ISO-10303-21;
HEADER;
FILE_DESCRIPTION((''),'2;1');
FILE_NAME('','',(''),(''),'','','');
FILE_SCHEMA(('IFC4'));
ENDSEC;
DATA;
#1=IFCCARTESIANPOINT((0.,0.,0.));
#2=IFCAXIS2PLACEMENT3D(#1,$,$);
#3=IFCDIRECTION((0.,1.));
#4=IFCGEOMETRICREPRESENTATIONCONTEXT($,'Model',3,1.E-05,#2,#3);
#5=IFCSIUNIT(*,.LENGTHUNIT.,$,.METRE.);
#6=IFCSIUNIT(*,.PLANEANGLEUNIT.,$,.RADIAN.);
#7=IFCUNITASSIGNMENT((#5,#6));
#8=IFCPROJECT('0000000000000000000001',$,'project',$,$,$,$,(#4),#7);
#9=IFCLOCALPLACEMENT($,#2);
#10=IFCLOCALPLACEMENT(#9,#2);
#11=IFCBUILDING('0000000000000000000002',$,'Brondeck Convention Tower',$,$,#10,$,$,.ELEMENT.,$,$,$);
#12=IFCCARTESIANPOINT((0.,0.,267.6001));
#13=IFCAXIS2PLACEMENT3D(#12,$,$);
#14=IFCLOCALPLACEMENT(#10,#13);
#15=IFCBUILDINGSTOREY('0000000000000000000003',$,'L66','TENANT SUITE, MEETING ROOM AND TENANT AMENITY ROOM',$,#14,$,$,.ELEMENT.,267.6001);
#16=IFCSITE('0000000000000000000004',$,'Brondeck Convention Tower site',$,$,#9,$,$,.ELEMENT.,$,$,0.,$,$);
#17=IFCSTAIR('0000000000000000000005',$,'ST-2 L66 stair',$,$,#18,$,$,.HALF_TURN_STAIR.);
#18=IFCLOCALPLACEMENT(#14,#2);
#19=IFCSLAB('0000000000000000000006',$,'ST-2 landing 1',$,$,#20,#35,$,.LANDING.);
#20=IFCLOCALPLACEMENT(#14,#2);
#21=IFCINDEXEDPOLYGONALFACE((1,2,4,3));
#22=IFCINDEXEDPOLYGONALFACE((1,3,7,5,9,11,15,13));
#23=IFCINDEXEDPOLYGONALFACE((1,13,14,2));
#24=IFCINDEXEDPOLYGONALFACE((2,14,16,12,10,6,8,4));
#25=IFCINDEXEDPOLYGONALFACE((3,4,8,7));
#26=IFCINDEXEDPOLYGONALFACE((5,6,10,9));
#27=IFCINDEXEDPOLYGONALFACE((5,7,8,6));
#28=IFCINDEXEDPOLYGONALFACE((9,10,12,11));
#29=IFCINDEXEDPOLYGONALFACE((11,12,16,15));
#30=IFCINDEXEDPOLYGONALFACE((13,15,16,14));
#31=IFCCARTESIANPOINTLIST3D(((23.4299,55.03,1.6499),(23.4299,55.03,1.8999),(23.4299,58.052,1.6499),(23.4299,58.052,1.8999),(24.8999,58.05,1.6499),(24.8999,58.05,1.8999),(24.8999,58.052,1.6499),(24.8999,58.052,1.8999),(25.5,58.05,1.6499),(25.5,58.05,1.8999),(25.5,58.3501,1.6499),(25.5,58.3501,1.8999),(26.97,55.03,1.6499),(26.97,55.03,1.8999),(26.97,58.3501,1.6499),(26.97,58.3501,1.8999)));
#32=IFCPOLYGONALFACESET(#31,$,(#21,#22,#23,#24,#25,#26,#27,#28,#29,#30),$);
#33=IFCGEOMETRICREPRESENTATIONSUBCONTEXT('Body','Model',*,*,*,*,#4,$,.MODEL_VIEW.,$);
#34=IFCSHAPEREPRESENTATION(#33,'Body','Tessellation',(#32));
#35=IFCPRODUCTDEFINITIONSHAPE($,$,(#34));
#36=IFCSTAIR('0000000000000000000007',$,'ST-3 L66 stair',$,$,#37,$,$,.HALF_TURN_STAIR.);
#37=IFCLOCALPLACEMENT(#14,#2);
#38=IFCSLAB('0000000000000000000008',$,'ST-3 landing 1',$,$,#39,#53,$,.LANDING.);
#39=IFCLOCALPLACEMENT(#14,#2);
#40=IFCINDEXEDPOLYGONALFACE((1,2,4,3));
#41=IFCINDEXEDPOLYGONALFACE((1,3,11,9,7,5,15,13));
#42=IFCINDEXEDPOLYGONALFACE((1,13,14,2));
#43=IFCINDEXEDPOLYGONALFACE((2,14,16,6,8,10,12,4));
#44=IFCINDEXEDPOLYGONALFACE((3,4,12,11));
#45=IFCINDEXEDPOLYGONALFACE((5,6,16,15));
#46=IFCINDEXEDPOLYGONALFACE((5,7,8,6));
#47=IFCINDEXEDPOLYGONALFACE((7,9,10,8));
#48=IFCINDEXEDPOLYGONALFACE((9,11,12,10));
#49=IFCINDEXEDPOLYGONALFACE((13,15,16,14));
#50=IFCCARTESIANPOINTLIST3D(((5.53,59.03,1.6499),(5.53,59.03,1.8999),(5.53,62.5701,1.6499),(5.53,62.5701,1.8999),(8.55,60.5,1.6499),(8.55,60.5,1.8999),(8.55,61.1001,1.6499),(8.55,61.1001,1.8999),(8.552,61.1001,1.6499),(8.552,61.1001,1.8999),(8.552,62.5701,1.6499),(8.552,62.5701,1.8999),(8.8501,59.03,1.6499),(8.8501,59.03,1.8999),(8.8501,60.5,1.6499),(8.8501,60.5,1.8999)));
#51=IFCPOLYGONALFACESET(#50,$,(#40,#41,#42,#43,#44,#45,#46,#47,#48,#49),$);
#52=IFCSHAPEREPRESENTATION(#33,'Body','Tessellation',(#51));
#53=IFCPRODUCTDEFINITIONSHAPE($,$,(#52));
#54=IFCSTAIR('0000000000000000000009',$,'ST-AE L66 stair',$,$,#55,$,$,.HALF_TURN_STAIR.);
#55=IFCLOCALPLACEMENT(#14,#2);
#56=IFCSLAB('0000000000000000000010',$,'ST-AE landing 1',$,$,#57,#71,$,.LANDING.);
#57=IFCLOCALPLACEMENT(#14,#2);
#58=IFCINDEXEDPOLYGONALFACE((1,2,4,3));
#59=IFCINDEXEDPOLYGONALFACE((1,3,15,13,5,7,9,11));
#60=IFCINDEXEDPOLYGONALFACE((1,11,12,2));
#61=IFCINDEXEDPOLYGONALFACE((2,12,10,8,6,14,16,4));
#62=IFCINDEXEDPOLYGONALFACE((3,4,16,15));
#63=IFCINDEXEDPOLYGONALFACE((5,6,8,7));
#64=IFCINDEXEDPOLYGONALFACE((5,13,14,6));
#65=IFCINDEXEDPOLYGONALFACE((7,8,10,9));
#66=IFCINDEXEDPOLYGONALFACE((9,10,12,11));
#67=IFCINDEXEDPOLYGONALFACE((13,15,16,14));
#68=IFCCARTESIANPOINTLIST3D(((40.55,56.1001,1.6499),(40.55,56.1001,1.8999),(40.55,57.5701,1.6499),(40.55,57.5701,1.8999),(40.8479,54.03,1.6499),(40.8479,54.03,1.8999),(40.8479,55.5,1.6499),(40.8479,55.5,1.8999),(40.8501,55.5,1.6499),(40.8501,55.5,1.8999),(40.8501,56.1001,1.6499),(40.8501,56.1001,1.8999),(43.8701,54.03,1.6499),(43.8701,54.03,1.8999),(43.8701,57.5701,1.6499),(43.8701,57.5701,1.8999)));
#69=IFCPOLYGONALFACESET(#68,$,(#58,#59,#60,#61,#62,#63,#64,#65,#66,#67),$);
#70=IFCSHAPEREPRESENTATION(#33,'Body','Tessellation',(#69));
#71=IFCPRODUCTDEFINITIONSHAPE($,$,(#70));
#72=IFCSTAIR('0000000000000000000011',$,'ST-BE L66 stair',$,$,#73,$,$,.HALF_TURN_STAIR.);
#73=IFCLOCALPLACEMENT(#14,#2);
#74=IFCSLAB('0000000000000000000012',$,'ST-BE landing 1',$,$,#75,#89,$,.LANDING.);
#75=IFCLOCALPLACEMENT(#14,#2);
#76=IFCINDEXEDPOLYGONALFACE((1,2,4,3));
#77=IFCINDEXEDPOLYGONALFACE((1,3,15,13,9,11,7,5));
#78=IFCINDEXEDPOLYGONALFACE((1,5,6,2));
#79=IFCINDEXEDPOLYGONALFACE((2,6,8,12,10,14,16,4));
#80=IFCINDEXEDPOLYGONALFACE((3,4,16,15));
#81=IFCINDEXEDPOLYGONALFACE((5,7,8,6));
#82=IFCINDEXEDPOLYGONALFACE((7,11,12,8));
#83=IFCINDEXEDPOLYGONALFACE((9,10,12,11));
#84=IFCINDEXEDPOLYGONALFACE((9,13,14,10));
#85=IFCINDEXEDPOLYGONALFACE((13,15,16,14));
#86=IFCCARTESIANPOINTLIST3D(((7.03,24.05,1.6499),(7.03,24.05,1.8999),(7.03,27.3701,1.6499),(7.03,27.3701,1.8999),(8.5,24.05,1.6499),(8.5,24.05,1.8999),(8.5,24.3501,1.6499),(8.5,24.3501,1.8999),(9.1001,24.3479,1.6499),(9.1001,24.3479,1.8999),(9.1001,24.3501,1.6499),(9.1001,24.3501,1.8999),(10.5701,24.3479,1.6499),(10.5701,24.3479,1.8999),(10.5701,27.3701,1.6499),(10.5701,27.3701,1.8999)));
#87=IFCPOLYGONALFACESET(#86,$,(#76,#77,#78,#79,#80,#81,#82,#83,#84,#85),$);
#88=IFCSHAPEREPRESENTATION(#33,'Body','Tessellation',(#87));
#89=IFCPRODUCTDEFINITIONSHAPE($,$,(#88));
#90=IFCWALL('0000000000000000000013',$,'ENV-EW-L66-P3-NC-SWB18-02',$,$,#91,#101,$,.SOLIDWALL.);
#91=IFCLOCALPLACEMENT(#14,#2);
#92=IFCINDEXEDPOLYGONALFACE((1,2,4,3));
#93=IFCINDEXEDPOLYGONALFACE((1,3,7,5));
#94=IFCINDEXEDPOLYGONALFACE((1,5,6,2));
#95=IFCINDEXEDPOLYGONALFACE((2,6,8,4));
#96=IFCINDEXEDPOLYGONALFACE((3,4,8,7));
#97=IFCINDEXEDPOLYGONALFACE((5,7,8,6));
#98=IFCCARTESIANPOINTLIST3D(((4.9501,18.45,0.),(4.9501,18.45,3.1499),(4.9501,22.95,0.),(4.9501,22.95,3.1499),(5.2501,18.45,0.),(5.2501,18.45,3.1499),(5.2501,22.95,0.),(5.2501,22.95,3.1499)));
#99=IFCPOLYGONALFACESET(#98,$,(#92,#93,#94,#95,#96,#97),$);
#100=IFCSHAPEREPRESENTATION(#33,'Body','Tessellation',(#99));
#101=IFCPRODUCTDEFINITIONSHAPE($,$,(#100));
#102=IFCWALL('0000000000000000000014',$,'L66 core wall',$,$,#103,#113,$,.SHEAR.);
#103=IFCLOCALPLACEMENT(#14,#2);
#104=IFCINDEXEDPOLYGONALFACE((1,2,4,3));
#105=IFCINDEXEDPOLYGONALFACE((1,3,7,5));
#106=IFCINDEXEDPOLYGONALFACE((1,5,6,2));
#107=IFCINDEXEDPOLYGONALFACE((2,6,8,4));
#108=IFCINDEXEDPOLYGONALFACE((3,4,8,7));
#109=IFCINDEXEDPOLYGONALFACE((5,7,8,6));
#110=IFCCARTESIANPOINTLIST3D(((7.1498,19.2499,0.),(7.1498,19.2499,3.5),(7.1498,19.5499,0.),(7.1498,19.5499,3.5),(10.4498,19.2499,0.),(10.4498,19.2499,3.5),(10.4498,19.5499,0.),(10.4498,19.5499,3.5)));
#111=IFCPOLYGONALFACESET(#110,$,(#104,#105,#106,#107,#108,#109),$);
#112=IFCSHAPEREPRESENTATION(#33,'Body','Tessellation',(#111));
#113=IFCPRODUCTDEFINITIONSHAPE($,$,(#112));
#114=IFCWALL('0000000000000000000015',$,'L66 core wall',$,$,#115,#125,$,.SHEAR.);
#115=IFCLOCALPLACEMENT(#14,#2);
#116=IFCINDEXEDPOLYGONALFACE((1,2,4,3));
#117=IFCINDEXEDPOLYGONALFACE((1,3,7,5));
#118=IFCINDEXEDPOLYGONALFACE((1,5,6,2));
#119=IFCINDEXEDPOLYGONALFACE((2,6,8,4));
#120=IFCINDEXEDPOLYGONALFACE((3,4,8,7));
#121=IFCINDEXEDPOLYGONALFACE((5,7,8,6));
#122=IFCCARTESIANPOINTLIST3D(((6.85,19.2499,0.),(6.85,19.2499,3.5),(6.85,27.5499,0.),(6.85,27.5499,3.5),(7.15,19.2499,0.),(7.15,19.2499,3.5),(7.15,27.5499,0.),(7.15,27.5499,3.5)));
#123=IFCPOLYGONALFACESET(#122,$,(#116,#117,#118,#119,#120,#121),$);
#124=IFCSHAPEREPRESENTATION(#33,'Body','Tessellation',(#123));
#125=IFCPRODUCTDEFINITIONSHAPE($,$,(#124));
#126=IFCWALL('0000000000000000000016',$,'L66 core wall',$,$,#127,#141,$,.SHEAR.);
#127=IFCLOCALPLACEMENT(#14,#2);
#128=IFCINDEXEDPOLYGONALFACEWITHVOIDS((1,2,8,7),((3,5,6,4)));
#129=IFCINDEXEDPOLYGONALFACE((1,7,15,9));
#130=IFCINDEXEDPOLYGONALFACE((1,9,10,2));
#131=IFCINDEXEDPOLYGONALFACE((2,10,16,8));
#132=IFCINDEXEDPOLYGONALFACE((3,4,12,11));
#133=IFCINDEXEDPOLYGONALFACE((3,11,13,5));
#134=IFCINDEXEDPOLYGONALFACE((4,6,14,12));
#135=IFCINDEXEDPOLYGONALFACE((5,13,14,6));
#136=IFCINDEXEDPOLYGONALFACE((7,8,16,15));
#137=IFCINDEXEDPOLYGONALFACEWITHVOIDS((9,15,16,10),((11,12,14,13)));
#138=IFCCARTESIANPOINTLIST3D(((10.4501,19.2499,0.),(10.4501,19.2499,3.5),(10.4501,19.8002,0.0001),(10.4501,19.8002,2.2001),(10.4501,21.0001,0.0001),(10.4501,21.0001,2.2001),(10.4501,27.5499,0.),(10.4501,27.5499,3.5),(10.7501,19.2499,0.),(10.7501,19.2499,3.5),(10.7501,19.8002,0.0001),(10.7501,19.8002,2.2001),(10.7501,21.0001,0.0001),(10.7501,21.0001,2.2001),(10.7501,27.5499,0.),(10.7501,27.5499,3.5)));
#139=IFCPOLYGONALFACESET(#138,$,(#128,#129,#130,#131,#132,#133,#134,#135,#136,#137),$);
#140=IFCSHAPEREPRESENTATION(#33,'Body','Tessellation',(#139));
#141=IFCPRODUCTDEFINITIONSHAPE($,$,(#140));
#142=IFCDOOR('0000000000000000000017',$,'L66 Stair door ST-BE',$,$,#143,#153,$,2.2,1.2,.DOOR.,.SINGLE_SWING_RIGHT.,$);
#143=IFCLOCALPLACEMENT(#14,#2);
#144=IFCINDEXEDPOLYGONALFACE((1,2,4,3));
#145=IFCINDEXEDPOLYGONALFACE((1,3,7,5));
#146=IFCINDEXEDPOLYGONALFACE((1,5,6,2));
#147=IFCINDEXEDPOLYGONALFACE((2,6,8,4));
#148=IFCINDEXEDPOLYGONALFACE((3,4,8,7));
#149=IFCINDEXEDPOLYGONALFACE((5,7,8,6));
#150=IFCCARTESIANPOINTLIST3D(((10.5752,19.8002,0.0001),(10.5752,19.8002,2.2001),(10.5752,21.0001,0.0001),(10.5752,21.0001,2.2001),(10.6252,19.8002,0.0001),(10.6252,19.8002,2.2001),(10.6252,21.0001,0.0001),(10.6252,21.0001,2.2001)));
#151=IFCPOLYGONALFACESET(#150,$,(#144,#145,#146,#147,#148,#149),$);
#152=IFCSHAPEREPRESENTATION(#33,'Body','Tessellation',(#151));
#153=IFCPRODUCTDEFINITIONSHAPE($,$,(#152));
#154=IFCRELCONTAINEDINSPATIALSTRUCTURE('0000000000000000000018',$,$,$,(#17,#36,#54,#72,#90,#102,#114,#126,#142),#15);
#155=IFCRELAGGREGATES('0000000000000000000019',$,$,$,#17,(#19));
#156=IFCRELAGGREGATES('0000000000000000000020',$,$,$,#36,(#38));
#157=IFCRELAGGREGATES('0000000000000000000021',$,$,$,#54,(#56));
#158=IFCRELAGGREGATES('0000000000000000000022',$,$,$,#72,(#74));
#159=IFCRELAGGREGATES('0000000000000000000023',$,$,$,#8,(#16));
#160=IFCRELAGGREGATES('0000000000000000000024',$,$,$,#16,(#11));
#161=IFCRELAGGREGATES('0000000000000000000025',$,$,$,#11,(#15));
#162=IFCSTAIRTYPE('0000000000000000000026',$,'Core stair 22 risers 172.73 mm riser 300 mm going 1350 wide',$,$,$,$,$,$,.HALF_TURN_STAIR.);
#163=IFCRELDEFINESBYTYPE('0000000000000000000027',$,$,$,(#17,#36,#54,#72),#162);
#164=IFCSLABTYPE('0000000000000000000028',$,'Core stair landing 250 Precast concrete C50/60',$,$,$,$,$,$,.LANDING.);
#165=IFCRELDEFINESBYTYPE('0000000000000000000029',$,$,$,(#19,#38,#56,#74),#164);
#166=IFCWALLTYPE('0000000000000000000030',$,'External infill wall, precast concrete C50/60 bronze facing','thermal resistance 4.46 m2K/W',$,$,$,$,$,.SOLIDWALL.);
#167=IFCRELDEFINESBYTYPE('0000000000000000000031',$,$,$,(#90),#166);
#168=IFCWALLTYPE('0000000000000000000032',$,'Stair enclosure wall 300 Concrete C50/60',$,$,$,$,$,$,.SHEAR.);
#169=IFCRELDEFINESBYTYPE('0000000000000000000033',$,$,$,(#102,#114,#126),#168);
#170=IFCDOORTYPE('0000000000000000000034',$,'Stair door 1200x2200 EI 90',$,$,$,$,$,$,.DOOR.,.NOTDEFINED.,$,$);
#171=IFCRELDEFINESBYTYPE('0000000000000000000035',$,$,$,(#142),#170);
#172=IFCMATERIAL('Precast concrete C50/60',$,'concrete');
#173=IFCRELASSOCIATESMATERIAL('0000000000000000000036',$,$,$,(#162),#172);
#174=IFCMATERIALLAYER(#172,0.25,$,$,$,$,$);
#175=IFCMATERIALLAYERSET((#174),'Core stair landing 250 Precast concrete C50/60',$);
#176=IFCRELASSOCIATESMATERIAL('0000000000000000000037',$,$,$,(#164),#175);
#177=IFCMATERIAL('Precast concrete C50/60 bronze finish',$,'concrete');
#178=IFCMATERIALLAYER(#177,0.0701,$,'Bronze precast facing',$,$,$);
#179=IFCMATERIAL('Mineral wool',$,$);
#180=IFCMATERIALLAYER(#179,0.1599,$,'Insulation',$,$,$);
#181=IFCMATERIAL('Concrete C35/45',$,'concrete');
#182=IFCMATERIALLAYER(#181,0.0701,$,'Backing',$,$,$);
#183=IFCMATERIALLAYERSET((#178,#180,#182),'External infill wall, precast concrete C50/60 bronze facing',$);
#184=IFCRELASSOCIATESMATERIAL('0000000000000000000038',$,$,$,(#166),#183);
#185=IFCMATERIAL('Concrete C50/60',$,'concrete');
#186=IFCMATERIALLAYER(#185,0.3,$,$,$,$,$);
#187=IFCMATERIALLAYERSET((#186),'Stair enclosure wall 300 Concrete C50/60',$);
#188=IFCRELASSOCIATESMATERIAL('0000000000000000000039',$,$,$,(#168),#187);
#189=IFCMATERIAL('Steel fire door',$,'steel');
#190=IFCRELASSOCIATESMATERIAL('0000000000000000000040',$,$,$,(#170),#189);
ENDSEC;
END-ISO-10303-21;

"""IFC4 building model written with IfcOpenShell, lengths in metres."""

from ifc_helpers import new_model, si_unit, direction, frame, frame_2d, origin, place, context, subcontext, project, spatial, polyline, rectangle, outline, extrude, material, layer, layer_set, type_object, element, fill, aggregate, save


model = new_model("IFC4")

# Units and contexts
model_context = context("Model", 3, precision=1e-05, world=origin(), true_north=direction((0.0, 1.0)))
body_context = subcontext(model_context, "Body", "Model", "MODEL_VIEW")
ifc_project = project(units=[si_unit("LENGTHUNIT", "METRE"), si_unit("PLANEANGLEUNIT", "RADIAN")], contexts=[model_context])

# Site, building, storey
site_placement = place(None, origin())
site = spatial("IfcSite", under=ifc_project, at=site_placement, Name="Brondeck Convention Tower site", CompositionType="ELEMENT", RefElevation=0.0)
building_placement = place(site_placement, origin())
building = spatial("IfcBuilding", under=site, at=building_placement, Name="Brondeck Convention Tower", CompositionType="ELEMENT")
storey_placement = place(building_placement, frame((0.0, 0.0, 267.6001)))
storey = spatial("IfcBuildingStorey", under=building, at=storey_placement, Name="L66", Description="TENANT SUITE, MEETING ROOM AND TENANT AMENITY ROOM", CompositionType="ELEMENT", Elevation=267.6001)

# Shared definitions
ifc_material_1 = material(Name="Concrete C50/60", Category="concrete")

# Shared definitions
ifc_material_2 = material(Name="Concrete C35/45", Category="concrete")

# Stairs, slabs
ifc_material_3 = material(Name="Precast concrete C50/60", Category="concrete")
stair_type = type_object("IfcStairType", Name="Core stair 22 risers 172.73 mm riser 300 mm going 1350 wide", PredefinedType="HALF_TURN_STAIR", material=ifc_material_3)
ifc_layer_1 = layer(ifc_material_3, 0.25)
ifc_layer_set_1 = layer_set([ifc_layer_1], Name="Core stair landing 250 Precast concrete C50/60")
slab_type_1 = type_object("IfcSlabType", Name="Core stair landing 250 Precast concrete C50/60", PredefinedType="LANDING", material=ifc_layer_set_1)
stair_1_placement = place(storey_placement, origin())
stair_1 = element("IfcStair", 1, at=stair_1_placement, inside=storey, type_object=stair_type, Name="ST-2 L66 stair", PredefinedType="HALF_TURN_STAIR")
slab_1_placement = place(storey_placement, frame((0.0, 0.0, 1.6499)))
slab_1 = element("IfcSlab", 2, at=slab_1_placement, type_object=slab_type_1, Name="ST-2 landing 1", PredefinedType="LANDING", context=body_context, shape_type="SweptSolid", body=[
    extrude(outline(polyline([(23.4299, 58.052), (24.8999, 58.052), (24.8999, 58.05), (25.5, 58.05), (25.5, 58.3501), (26.97, 58.3501), (26.97, 55.03), (23.4299, 55.03), (23.4299, 58.052)])), origin(), (0.0, 0.0, 1.0), 0.25),
])
aggregate(stair_1, [slab_1])
stair_2_placement = place(storey_placement, origin())
stair_2 = element("IfcStair", 3, at=stair_2_placement, inside=storey, type_object=stair_type, Name="ST-3 L66 stair", PredefinedType="HALF_TURN_STAIR")
slab_2_placement = place(storey_placement, frame((0.0, 0.0, 1.6499)))
slab_2 = element("IfcSlab", 4, at=slab_2_placement, type_object=slab_type_1, Name="ST-3 landing 1", PredefinedType="LANDING", context=body_context, shape_type="SweptSolid", body=[
    extrude(outline(polyline([(8.8501, 60.5), (8.8501, 59.03), (5.53, 59.03), (5.53, 62.5701), (8.552, 62.5701), (8.552, 61.1001), (8.55, 61.1001), (8.55, 60.5), (8.8501, 60.5)])), origin(), (0.0, 0.0, 1.0), 0.25),
])
aggregate(stair_2, [slab_2])
stair_3_placement = place(storey_placement, origin())
stair_3 = element("IfcStair", 5, at=stair_3_placement, inside=storey, type_object=stair_type, Name="ST-AE L66 stair", PredefinedType="HALF_TURN_STAIR")
slab_3_placement = place(storey_placement, frame((0.0, 0.0, 1.6499)))
slab_3 = element("IfcSlab", 6, at=slab_3_placement, type_object=slab_type_1, Name="ST-AE landing 1", PredefinedType="LANDING", context=body_context, shape_type="SweptSolid", body=[
    extrude(outline(polyline([(40.8479, 55.5), (40.8501, 55.5), (40.8501, 56.1001), (40.55, 56.1001), (40.55, 57.5701), (43.8701, 57.5701), (43.8701, 54.03), (40.8479, 54.03), (40.8479, 55.5)])), origin(), (0.0, 0.0, 1.0), 0.25),
])
aggregate(stair_3, [slab_3])
stair_4_placement = place(storey_placement, origin())
stair_4 = element("IfcStair", 7, at=stair_4_placement, inside=storey, type_object=stair_type, Name="ST-BE L66 stair", PredefinedType="HALF_TURN_STAIR")
slab_4_placement = place(storey_placement, frame((0.0, 0.0, 1.6499)))
slab_4 = element("IfcSlab", 8, at=slab_4_placement, type_object=slab_type_1, Name="ST-BE landing 1", PredefinedType="LANDING", context=body_context, shape_type="SweptSolid", body=[
    extrude(outline(polyline([(7.03, 24.05), (7.03, 27.3701), (10.5701, 27.3701), (10.5701, 24.3479), (9.1001, 24.3479), (9.1001, 24.3501), (8.5, 24.3501), (8.5, 24.05), (7.03, 24.05)])), origin(), (0.0, 0.0, 1.0), 0.25),
])
aggregate(stair_4, [slab_4])

# Walls
ifc_material_4 = material(Name="Precast concrete C50/60 bronze finish", Category="concrete")
ifc_layer_2 = layer(ifc_material_4, 0.0701, Name="Bronze precast facing")
ifc_material_5 = material(Name="Mineral wool")
ifc_layer_3 = layer(ifc_material_5, 0.1599, Name="Insulation")
ifc_layer_4 = layer(ifc_material_2, 0.0701, Name="Backing")
ifc_layer_set_2 = layer_set([ifc_layer_2, ifc_layer_3, ifc_layer_4], Name="External infill wall, precast concrete C50/60 bronze facing")
wall_type_1 = type_object("IfcWallType", Name="External infill wall, precast concrete C50/60 bronze facing", Description="thermal resistance 4.46 m2K/W", PredefinedType="SOLIDWALL", material=ifc_layer_set_2)
wall_1_placement = place(storey_placement, frame((5.1001, 18.45, 0.0), z_axis=(0.0, 0.0, 1.0), x_axis=(0.0, 1.0, 0.0)))
element("IfcWall", 9, at=wall_1_placement, inside=storey, type_object=wall_type_1, Name="ENV-EW-L66-P3-NC-SWB18-02", PredefinedType="SOLIDWALL", context=body_context, shape_type="SweptSolid", body=[
    extrude(rectangle(XDim=4.5, YDim=0.3, at=frame_2d((2.25, 0.0))), origin(), (0.0, 0.0, 1.0), 3.1499),
])
ifc_layer_5 = layer(ifc_material_1, 0.3)
ifc_layer_set_3 = layer_set([ifc_layer_5], Name="Stair enclosure wall 300 Concrete C50/60")
wall_type_2 = type_object("IfcWallType", Name="Stair enclosure wall 300 Concrete C50/60", PredefinedType="SHEAR", material=ifc_layer_set_3)
wall_2_placement = place(storey_placement, frame((7.1499, 19.3999, 0.0), z_axis=(0.0, 0.0, 1.0), x_axis=(1.0, 0.0, 0.0)))
element("IfcWall", 10, at=wall_2_placement, inside=storey, type_object=wall_type_2, Name="L66 core wall", PredefinedType="SHEAR", context=body_context, shape_type="SweptSolid", body=[
    extrude(rectangle(XDim=3.3, YDim=0.3, at=frame_2d((1.6499, 0.0))), origin(), (0.0, 0.0, 1.0), 3.5),
])
wall_3_placement = place(storey_placement, frame((7.0, 19.25, 0.0), z_axis=(0.0, 0.0, 1.0), x_axis=(0.0, 1.0, 0.0)))
element("IfcWall", 11, at=wall_3_placement, inside=storey, type_object=wall_type_2, Name="L66 core wall", PredefinedType="SHEAR", context=body_context, shape_type="SweptSolid", body=[
    extrude(rectangle(XDim=8.3, YDim=0.3, at=frame_2d((4.1499, 0.0))), origin(), (0.0, 0.0, 1.0), 3.5),
])

# Wall, opening, door
wall_4_placement = place(storey_placement, frame((10.6001, 19.25, 0.0), z_axis=(0.0, 0.0, 1.0), x_axis=(0.0, 1.0, 0.0)))
wall_4 = element("IfcWall", 12, at=wall_4_placement, inside=storey, type_object=wall_type_2, Name="L66 core wall", PredefinedType="SHEAR", context=body_context, shape_type="SweptSolid", body=[
    extrude(rectangle(XDim=8.3, YDim=0.3, at=frame_2d((4.1499, 0.0))), origin(), (0.0, 0.0, 1.0), 3.5),
])
opening_placement = place(wall_4_placement, frame((0.55, 0.0, 0.0)))
opening = element("IfcOpeningElement", 13, at=opening_placement, cuts=wall_4, PredefinedType="OPENING", context=body_context, shape_type="SweptSolid", body=[
    extrude(rectangle(XDim=1.2, YDim=2.2, at=frame_2d((0.6001, 1.1001))), frame((0.0, 0.1599, 0.0), z_axis=(0.0, -1.0, 0.0), x_axis=(1.0, 0.0, 0.0)), (0.0, 0.0, 1.0), 0.3201),
])
ifc_material_6 = material(Name="Steel fire door", Category="steel")
door_type = type_object("IfcDoorType", Name="Stair door 1200x2200 EI 90", OperationType="NOTDEFINED", PredefinedType="DOOR", material=ifc_material_6)
door_placement = place(opening_placement, origin())
door = element("IfcDoor", 14, at=door_placement, inside=storey, type_object=door_type, Name="L66 Stair door ST-BE", OperationType="SINGLE_SWING_RIGHT", OverallHeight=2.2, OverallWidth=1.2, PredefinedType="DOOR", context=body_context, shape_type="SweptSolid", body=[
    extrude(rectangle(XDim=1.2, YDim=2.2, at=frame_2d((0.6001, 1.1001))), frame((0.0, 0.0249, 0.0), z_axis=(0.0, -1.0, 0.0), x_axis=(1.0, 0.0, 0.0)), (0.0, 0.0, 1.0), 0.05),
])
fill(opening, door)

save(model, "model.ifc")
